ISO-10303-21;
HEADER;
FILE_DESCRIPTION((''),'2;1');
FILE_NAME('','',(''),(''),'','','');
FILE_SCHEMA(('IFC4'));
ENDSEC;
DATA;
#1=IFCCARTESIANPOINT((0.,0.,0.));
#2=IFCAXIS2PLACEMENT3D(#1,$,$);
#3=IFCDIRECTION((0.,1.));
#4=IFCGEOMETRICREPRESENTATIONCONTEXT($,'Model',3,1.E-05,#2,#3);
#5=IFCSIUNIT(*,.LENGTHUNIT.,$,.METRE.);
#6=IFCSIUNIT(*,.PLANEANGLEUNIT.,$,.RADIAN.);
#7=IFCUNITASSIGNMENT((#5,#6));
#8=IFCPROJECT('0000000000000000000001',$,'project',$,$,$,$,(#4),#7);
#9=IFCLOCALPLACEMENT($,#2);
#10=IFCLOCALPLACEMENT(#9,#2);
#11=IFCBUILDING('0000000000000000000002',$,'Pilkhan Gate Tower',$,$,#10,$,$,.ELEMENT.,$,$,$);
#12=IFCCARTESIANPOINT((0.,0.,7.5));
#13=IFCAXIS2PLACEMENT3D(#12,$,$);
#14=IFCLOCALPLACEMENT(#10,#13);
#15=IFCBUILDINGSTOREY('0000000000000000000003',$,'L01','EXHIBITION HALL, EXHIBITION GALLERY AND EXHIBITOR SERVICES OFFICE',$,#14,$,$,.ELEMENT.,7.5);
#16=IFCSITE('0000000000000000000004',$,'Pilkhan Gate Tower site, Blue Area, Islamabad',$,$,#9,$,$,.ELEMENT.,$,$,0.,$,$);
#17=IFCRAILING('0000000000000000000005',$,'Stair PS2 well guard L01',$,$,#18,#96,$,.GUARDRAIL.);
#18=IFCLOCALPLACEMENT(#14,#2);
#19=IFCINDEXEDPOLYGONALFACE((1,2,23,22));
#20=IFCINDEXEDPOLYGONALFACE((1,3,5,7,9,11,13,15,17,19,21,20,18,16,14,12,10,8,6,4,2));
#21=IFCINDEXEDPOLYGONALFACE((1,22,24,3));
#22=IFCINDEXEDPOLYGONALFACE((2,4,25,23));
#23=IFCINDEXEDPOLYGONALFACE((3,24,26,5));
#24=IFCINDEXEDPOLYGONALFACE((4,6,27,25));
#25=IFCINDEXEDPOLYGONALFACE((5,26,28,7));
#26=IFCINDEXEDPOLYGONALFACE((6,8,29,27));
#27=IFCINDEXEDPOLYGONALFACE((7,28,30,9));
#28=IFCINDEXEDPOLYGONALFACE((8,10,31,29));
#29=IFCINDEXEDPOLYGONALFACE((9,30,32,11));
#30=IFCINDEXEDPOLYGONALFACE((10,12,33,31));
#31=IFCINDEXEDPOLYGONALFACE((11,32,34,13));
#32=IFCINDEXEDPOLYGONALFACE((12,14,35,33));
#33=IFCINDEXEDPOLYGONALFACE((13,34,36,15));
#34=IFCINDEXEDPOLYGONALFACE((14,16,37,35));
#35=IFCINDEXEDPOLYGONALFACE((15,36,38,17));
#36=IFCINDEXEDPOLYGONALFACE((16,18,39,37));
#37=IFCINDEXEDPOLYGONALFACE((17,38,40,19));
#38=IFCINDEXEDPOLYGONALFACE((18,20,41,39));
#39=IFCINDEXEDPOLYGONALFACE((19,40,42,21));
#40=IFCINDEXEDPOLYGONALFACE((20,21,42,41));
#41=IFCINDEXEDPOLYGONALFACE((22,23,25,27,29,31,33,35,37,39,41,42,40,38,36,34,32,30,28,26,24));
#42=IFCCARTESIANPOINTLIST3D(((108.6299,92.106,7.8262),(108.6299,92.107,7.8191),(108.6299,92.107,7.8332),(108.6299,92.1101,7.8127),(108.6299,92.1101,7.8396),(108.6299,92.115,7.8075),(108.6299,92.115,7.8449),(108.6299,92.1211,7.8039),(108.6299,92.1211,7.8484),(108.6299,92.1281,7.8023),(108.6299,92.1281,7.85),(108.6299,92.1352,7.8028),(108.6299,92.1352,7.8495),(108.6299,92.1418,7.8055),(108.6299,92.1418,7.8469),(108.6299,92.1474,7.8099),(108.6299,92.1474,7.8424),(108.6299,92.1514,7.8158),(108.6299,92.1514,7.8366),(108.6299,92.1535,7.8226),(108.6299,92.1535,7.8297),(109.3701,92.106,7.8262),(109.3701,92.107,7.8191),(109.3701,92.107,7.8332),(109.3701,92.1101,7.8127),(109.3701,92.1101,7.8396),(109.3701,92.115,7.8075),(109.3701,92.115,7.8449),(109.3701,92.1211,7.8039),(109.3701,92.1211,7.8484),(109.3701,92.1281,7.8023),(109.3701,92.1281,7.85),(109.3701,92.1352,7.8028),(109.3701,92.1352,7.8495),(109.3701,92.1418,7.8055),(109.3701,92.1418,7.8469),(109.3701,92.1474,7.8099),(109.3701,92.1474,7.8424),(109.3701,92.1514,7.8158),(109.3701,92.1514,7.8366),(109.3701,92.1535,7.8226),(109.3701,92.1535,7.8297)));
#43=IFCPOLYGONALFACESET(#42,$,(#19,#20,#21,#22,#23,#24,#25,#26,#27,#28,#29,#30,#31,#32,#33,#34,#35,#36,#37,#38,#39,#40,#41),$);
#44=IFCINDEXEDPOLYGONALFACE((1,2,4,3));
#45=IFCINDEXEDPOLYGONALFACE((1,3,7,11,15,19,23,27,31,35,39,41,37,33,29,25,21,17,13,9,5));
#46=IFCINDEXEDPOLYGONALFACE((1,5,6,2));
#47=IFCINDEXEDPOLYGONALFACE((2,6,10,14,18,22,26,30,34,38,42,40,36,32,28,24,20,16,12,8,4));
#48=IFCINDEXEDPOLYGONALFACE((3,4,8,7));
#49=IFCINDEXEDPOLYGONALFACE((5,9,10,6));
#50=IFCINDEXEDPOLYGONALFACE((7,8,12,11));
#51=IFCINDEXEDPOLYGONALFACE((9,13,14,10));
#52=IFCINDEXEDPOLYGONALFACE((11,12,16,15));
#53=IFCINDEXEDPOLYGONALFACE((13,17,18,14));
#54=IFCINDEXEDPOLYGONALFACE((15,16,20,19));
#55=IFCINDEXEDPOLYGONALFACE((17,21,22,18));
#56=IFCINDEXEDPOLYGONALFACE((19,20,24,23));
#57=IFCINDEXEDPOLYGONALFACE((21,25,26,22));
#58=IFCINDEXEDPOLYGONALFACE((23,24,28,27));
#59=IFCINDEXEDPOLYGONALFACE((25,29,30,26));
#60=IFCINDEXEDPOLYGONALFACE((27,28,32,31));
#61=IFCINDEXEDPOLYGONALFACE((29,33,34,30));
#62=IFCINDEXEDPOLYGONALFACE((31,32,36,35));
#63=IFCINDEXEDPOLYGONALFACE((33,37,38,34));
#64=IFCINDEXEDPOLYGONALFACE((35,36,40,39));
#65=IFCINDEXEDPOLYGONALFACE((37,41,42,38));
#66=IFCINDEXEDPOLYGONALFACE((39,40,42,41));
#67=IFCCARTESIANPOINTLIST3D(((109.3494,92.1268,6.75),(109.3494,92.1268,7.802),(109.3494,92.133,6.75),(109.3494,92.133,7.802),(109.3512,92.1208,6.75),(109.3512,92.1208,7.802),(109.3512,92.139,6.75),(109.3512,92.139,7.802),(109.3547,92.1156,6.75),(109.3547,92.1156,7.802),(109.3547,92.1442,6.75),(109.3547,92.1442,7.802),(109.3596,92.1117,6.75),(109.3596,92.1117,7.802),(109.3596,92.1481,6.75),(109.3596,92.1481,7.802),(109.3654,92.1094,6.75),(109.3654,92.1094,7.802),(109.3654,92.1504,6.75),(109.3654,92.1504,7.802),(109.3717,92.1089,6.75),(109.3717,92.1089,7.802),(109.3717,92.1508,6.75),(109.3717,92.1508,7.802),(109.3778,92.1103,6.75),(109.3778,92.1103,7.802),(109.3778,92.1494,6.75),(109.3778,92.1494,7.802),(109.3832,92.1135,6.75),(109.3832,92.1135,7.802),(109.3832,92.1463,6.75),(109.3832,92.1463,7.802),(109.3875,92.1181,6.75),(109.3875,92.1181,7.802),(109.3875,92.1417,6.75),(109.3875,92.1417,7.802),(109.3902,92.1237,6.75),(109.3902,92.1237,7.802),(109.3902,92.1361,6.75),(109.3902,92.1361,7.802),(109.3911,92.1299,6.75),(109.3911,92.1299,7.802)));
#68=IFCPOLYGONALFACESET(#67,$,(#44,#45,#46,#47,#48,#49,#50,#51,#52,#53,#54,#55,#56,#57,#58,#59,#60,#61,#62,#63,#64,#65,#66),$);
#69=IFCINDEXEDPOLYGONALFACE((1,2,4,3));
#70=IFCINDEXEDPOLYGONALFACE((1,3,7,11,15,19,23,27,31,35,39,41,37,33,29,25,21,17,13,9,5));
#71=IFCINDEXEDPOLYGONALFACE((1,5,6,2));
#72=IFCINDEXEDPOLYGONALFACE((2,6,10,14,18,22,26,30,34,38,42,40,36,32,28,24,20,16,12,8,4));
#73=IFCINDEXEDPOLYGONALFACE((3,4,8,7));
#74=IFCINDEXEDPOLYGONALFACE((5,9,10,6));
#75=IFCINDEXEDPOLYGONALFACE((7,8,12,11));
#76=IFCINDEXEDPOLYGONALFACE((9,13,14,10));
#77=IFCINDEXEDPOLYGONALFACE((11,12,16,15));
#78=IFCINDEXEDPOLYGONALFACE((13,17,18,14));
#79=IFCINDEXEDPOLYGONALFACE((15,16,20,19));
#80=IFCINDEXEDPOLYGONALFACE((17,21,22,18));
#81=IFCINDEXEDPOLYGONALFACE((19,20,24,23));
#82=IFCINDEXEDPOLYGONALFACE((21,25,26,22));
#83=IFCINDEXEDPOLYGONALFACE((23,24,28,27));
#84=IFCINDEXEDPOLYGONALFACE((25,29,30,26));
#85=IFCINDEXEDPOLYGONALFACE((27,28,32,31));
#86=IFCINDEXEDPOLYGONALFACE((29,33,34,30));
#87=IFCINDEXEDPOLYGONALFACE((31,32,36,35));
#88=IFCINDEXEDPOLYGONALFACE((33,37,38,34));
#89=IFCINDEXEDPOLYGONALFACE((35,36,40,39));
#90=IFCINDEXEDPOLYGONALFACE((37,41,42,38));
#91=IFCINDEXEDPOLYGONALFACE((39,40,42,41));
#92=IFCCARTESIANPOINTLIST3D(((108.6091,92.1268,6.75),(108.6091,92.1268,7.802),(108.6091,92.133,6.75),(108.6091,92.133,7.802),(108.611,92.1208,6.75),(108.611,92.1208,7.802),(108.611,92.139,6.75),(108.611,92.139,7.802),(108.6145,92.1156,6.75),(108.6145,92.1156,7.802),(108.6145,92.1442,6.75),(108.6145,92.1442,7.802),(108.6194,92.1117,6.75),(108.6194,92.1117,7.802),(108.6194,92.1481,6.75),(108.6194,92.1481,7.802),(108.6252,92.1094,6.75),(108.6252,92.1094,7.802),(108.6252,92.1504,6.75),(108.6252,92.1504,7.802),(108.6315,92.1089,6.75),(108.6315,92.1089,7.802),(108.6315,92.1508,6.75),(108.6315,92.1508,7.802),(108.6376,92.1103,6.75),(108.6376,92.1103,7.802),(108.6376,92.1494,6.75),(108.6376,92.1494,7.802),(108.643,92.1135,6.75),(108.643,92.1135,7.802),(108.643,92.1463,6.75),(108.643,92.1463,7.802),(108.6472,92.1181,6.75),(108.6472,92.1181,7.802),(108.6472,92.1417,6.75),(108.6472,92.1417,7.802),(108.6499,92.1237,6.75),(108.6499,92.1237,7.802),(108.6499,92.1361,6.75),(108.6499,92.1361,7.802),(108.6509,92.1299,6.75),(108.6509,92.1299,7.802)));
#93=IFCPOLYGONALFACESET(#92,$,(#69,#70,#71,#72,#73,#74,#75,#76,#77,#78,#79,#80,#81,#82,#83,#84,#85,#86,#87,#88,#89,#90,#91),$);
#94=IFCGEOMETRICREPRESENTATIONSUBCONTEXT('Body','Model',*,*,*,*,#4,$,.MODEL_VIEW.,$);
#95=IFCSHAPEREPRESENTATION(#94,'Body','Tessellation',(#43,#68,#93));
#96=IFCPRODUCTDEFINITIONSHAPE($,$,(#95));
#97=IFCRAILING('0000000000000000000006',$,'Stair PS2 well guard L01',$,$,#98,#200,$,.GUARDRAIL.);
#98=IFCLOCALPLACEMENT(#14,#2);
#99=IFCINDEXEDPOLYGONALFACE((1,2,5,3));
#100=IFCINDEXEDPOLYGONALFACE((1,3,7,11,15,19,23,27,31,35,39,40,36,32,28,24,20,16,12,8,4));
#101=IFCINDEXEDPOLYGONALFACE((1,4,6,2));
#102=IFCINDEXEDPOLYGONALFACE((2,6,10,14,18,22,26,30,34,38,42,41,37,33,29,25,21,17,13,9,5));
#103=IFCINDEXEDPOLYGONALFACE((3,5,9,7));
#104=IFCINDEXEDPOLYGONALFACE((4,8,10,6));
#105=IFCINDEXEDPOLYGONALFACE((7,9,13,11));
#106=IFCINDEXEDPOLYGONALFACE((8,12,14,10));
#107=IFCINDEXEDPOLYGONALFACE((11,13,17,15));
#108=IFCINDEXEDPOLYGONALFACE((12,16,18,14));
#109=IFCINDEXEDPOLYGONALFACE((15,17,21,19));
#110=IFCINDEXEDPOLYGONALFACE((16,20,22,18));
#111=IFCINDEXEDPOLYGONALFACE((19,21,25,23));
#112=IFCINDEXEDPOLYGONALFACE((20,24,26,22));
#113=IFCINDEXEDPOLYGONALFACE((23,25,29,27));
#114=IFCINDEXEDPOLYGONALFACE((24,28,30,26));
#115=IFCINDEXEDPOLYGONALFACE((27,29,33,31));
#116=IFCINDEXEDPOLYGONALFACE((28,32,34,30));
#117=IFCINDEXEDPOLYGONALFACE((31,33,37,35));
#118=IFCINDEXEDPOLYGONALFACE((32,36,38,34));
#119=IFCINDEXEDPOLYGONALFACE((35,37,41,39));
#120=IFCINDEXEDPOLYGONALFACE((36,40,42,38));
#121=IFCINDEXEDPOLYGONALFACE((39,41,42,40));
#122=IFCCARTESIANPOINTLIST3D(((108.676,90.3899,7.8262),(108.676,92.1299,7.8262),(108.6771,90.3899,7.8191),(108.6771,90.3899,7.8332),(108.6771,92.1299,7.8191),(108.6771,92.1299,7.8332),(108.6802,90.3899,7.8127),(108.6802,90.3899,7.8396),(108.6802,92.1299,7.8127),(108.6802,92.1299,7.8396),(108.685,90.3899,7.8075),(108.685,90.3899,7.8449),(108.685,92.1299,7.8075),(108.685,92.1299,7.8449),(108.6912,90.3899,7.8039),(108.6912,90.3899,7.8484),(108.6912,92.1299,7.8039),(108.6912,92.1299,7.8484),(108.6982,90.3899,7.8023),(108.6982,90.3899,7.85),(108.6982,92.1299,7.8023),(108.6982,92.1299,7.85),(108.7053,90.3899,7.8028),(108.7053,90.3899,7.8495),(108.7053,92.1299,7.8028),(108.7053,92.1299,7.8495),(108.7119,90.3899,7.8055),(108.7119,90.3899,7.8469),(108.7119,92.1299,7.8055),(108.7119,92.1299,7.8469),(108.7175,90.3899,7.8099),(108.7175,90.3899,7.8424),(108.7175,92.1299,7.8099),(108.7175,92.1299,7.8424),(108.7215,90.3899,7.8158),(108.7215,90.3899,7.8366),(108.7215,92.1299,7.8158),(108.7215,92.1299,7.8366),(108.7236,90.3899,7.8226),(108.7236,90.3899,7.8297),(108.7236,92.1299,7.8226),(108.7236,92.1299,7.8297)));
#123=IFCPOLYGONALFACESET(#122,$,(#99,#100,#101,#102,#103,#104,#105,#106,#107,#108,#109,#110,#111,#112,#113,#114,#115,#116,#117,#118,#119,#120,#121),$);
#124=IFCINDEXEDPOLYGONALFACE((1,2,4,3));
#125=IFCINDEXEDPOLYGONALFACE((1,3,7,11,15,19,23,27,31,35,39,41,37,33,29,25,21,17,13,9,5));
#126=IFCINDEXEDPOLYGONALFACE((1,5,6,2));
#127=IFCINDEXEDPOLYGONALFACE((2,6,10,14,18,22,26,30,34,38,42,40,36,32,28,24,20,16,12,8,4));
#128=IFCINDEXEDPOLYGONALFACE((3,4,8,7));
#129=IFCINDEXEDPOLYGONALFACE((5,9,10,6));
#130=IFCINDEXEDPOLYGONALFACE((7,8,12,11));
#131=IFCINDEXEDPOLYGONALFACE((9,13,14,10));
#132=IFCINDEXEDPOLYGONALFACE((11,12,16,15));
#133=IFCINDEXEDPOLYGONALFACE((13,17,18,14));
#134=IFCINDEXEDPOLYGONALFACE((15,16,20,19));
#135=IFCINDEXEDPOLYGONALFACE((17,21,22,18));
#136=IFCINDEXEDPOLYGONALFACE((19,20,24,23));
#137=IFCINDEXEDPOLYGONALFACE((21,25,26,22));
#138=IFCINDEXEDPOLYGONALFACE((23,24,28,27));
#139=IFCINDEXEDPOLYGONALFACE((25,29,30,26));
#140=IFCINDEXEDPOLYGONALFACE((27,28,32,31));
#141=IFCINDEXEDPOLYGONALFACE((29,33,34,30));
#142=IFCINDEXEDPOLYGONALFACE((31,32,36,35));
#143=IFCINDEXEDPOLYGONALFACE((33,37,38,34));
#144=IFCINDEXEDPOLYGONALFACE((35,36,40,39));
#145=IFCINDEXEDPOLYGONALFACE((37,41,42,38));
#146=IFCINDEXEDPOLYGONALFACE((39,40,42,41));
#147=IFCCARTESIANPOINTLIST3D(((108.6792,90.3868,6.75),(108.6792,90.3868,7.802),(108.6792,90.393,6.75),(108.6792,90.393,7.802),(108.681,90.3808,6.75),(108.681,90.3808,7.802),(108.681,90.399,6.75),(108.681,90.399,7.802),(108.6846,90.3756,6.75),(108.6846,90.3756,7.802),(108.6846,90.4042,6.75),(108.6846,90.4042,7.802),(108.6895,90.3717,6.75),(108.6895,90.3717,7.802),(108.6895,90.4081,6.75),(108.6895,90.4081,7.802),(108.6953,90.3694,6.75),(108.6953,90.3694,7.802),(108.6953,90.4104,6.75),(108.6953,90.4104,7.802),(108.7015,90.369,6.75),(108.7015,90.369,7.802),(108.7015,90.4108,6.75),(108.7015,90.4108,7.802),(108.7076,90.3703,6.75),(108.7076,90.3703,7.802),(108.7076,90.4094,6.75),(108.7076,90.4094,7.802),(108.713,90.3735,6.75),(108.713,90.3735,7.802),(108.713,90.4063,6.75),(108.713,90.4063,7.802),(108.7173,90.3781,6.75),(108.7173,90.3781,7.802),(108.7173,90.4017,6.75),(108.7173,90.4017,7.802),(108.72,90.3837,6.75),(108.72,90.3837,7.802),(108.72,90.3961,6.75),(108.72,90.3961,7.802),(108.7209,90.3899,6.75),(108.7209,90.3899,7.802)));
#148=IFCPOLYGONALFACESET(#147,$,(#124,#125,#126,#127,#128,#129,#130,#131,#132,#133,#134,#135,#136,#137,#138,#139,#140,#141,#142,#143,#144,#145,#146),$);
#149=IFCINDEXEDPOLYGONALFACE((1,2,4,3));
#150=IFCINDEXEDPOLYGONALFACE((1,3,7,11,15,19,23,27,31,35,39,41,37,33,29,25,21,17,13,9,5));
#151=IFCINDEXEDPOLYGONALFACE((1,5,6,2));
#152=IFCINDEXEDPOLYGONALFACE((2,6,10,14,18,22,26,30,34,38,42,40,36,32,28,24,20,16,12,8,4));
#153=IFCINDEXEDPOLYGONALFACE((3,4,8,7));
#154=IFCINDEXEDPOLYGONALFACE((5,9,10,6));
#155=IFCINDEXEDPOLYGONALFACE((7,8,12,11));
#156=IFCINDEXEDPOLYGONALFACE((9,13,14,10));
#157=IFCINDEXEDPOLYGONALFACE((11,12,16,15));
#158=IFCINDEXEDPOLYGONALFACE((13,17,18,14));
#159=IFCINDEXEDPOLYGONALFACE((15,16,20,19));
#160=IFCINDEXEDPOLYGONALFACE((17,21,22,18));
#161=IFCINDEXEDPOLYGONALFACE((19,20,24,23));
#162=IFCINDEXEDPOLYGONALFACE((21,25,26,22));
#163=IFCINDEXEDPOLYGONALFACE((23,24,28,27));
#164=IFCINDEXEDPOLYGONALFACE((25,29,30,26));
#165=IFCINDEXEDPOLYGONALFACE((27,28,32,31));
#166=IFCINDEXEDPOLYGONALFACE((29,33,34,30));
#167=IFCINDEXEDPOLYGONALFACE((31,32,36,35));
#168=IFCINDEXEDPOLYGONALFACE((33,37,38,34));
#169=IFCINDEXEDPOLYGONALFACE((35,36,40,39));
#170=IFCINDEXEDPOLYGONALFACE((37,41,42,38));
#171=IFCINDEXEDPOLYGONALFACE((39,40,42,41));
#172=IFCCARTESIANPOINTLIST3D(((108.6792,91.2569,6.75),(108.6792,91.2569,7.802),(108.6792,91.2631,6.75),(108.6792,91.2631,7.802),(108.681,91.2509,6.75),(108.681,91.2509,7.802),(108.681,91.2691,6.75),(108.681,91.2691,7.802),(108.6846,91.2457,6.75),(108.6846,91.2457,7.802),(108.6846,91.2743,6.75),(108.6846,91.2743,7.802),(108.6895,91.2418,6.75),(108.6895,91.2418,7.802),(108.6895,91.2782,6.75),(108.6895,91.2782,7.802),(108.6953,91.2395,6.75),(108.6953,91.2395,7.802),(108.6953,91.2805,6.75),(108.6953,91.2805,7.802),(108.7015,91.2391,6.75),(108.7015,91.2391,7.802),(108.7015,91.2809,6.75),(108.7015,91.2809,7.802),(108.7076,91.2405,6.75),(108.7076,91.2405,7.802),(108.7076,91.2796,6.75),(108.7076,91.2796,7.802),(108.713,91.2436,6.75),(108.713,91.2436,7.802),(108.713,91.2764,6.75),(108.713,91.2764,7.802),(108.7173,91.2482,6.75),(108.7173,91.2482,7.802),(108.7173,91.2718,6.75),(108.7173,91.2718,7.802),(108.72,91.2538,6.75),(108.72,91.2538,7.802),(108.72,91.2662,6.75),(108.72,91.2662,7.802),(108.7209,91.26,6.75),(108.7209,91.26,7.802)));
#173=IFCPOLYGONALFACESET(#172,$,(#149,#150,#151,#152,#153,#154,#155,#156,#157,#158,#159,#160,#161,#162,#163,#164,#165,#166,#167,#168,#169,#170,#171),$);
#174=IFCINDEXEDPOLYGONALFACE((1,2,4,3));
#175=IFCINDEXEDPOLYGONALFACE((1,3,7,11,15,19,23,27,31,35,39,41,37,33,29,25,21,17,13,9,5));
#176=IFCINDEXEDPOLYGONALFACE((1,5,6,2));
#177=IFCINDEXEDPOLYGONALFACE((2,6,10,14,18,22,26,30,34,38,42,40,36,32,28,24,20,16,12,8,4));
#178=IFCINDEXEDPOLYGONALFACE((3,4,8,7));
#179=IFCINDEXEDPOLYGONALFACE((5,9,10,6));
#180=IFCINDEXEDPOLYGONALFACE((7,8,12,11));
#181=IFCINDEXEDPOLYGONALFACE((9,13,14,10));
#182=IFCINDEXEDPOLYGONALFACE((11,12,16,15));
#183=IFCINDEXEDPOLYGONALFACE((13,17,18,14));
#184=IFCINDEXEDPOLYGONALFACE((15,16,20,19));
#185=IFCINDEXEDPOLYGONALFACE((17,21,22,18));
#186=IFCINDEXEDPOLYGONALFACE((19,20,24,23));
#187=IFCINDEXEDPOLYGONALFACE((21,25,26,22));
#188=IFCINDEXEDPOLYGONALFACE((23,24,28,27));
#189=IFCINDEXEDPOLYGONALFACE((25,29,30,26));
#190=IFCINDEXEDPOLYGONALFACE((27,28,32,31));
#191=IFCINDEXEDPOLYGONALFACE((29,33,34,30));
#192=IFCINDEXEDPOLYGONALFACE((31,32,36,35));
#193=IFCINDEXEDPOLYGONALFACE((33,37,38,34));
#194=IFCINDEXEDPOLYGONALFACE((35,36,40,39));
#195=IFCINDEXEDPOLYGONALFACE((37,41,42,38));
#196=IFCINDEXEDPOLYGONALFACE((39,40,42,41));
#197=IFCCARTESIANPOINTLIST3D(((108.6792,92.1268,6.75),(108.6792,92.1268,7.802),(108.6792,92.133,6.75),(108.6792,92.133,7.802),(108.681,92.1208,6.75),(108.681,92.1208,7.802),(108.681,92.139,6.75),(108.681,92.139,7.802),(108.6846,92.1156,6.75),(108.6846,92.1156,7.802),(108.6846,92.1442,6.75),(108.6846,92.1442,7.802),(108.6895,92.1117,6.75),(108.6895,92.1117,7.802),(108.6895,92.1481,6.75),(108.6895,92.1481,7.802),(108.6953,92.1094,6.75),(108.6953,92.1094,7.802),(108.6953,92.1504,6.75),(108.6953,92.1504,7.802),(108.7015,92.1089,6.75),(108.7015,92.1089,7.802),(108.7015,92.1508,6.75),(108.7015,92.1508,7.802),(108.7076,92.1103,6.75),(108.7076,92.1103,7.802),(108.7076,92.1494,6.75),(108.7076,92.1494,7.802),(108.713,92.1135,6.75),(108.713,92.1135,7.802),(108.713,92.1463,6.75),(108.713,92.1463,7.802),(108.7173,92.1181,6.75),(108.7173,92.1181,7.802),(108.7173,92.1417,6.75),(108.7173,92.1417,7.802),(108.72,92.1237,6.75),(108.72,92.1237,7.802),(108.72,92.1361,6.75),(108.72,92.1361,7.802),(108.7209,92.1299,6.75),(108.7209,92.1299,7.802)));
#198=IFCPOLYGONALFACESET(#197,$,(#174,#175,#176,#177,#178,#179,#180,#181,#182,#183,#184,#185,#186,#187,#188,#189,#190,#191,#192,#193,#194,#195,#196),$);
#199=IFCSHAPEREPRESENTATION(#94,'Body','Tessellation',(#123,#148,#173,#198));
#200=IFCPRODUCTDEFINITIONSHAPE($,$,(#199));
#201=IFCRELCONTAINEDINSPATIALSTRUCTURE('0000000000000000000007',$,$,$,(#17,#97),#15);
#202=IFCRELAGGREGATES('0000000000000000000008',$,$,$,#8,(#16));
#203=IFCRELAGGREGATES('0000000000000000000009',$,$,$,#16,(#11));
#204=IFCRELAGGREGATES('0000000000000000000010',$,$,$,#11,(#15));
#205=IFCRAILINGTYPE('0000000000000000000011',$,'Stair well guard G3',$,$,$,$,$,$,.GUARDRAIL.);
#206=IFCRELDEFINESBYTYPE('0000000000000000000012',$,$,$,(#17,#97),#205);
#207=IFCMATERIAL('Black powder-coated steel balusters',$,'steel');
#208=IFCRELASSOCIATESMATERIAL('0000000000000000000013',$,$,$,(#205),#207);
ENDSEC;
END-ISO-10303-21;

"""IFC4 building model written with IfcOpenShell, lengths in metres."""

from ifc_helpers import new_model, si_unit, direction, frame, origin, origin_2d, place, context, subcontext, project, spatial, circle, extrude, material, type_object, element, save


model = new_model("IFC4")

# Units and contexts
model_context = context("Model", 3, precision=1e-05, world=origin(), true_north=direction((0.0, 1.0)))
body_context = subcontext(model_context, "Body", "Model", "MODEL_VIEW")
ifc_project = project(units=[si_unit("LENGTHUNIT", "METRE"), si_unit("PLANEANGLEUNIT", "RADIAN")], contexts=[model_context])

# Site, building, storey
site_placement = place(None, origin())
site = spatial("IfcSite", under=ifc_project, at=site_placement, Name="Pilkhan Gate Tower site, Blue Area, Islamabad", CompositionType="ELEMENT", RefElevation=0.0)
building_placement = place(site_placement, origin())
building = spatial("IfcBuilding", under=site, at=building_placement, Name="Pilkhan Gate Tower", CompositionType="ELEMENT")
storey_placement = place(building_placement, frame((0.0, 0.0, 7.5)))
storey = spatial("IfcBuildingStorey", under=building, at=storey_placement, Name="L01", Description="EXHIBITION HALL, EXHIBITION GALLERY AND EXHIBITOR SERVICES OFFICE", CompositionType="ELEMENT", Elevation=7.5)

# Railings
ifc_material_1 = material(Name="Black powder-coated steel balusters", Category="steel")
railing_type_1 = type_object("IfcRailingType", Name="Stair well guard G3", PredefinedType="GUARDRAIL", material=ifc_material_1)
railing_1_placement = place(storey_placement, frame((109.3701, 92.1299, 6.75)))
element("IfcRailing", 1, at=railing_1_placement, inside=storey, type_object=railing_type_1, Name="Stair PS2 well guard L01", PredefinedType="GUARDRAIL", context=body_context, shape_type="SweptSolid", body=[
    extrude(circle(Radius=0.0239, at=origin_2d()), frame((0.0, 0.0, 1.0762), z_axis=(-1.0, 0.0, 0.0), x_axis=(0.0, -1.0, 0.0)), (0.0, 0.0, 1.0), 0.7402),
    extrude(circle(Radius=0.021, at=origin_2d()), origin(), (0.0, 0.0, 1.0), 1.052),
    extrude(circle(Radius=0.021, at=origin_2d()), frame((-0.7402, 0.0, 0.0)), (0.0, 0.0, 1.0), 1.052),
])
railing_2_placement = place(storey_placement, frame((108.7, 90.3899, 6.75)))
element("IfcRailing", 2, at=railing_2_placement, inside=storey, type_object=railing_type_1, Name="Stair PS2 well guard L01", PredefinedType="GUARDRAIL", context=body_context, shape_type="SweptSolid", body=[
    extrude(circle(Radius=0.0239, at=origin_2d()), frame((0.0, 0.0, 1.0762), z_axis=(0.0, 1.0, 0.0), x_axis=(-1.0, 0.0, 0.0)), (0.0, 0.0, 1.0), 1.74),
    extrude(circle(Radius=0.021, at=origin_2d()), origin(), (0.0, 0.0, 1.0), 1.052),
    extrude(circle(Radius=0.021, at=origin_2d()), frame((0.0, 0.8701, 0.0)), (0.0, 0.0, 1.0), 1.052),
    extrude(circle(Radius=0.021, at=origin_2d()), frame((0.0, 1.74, 0.0)), (0.0, 0.0, 1.0), 1.052),
])

save(model, "model.ifc")
